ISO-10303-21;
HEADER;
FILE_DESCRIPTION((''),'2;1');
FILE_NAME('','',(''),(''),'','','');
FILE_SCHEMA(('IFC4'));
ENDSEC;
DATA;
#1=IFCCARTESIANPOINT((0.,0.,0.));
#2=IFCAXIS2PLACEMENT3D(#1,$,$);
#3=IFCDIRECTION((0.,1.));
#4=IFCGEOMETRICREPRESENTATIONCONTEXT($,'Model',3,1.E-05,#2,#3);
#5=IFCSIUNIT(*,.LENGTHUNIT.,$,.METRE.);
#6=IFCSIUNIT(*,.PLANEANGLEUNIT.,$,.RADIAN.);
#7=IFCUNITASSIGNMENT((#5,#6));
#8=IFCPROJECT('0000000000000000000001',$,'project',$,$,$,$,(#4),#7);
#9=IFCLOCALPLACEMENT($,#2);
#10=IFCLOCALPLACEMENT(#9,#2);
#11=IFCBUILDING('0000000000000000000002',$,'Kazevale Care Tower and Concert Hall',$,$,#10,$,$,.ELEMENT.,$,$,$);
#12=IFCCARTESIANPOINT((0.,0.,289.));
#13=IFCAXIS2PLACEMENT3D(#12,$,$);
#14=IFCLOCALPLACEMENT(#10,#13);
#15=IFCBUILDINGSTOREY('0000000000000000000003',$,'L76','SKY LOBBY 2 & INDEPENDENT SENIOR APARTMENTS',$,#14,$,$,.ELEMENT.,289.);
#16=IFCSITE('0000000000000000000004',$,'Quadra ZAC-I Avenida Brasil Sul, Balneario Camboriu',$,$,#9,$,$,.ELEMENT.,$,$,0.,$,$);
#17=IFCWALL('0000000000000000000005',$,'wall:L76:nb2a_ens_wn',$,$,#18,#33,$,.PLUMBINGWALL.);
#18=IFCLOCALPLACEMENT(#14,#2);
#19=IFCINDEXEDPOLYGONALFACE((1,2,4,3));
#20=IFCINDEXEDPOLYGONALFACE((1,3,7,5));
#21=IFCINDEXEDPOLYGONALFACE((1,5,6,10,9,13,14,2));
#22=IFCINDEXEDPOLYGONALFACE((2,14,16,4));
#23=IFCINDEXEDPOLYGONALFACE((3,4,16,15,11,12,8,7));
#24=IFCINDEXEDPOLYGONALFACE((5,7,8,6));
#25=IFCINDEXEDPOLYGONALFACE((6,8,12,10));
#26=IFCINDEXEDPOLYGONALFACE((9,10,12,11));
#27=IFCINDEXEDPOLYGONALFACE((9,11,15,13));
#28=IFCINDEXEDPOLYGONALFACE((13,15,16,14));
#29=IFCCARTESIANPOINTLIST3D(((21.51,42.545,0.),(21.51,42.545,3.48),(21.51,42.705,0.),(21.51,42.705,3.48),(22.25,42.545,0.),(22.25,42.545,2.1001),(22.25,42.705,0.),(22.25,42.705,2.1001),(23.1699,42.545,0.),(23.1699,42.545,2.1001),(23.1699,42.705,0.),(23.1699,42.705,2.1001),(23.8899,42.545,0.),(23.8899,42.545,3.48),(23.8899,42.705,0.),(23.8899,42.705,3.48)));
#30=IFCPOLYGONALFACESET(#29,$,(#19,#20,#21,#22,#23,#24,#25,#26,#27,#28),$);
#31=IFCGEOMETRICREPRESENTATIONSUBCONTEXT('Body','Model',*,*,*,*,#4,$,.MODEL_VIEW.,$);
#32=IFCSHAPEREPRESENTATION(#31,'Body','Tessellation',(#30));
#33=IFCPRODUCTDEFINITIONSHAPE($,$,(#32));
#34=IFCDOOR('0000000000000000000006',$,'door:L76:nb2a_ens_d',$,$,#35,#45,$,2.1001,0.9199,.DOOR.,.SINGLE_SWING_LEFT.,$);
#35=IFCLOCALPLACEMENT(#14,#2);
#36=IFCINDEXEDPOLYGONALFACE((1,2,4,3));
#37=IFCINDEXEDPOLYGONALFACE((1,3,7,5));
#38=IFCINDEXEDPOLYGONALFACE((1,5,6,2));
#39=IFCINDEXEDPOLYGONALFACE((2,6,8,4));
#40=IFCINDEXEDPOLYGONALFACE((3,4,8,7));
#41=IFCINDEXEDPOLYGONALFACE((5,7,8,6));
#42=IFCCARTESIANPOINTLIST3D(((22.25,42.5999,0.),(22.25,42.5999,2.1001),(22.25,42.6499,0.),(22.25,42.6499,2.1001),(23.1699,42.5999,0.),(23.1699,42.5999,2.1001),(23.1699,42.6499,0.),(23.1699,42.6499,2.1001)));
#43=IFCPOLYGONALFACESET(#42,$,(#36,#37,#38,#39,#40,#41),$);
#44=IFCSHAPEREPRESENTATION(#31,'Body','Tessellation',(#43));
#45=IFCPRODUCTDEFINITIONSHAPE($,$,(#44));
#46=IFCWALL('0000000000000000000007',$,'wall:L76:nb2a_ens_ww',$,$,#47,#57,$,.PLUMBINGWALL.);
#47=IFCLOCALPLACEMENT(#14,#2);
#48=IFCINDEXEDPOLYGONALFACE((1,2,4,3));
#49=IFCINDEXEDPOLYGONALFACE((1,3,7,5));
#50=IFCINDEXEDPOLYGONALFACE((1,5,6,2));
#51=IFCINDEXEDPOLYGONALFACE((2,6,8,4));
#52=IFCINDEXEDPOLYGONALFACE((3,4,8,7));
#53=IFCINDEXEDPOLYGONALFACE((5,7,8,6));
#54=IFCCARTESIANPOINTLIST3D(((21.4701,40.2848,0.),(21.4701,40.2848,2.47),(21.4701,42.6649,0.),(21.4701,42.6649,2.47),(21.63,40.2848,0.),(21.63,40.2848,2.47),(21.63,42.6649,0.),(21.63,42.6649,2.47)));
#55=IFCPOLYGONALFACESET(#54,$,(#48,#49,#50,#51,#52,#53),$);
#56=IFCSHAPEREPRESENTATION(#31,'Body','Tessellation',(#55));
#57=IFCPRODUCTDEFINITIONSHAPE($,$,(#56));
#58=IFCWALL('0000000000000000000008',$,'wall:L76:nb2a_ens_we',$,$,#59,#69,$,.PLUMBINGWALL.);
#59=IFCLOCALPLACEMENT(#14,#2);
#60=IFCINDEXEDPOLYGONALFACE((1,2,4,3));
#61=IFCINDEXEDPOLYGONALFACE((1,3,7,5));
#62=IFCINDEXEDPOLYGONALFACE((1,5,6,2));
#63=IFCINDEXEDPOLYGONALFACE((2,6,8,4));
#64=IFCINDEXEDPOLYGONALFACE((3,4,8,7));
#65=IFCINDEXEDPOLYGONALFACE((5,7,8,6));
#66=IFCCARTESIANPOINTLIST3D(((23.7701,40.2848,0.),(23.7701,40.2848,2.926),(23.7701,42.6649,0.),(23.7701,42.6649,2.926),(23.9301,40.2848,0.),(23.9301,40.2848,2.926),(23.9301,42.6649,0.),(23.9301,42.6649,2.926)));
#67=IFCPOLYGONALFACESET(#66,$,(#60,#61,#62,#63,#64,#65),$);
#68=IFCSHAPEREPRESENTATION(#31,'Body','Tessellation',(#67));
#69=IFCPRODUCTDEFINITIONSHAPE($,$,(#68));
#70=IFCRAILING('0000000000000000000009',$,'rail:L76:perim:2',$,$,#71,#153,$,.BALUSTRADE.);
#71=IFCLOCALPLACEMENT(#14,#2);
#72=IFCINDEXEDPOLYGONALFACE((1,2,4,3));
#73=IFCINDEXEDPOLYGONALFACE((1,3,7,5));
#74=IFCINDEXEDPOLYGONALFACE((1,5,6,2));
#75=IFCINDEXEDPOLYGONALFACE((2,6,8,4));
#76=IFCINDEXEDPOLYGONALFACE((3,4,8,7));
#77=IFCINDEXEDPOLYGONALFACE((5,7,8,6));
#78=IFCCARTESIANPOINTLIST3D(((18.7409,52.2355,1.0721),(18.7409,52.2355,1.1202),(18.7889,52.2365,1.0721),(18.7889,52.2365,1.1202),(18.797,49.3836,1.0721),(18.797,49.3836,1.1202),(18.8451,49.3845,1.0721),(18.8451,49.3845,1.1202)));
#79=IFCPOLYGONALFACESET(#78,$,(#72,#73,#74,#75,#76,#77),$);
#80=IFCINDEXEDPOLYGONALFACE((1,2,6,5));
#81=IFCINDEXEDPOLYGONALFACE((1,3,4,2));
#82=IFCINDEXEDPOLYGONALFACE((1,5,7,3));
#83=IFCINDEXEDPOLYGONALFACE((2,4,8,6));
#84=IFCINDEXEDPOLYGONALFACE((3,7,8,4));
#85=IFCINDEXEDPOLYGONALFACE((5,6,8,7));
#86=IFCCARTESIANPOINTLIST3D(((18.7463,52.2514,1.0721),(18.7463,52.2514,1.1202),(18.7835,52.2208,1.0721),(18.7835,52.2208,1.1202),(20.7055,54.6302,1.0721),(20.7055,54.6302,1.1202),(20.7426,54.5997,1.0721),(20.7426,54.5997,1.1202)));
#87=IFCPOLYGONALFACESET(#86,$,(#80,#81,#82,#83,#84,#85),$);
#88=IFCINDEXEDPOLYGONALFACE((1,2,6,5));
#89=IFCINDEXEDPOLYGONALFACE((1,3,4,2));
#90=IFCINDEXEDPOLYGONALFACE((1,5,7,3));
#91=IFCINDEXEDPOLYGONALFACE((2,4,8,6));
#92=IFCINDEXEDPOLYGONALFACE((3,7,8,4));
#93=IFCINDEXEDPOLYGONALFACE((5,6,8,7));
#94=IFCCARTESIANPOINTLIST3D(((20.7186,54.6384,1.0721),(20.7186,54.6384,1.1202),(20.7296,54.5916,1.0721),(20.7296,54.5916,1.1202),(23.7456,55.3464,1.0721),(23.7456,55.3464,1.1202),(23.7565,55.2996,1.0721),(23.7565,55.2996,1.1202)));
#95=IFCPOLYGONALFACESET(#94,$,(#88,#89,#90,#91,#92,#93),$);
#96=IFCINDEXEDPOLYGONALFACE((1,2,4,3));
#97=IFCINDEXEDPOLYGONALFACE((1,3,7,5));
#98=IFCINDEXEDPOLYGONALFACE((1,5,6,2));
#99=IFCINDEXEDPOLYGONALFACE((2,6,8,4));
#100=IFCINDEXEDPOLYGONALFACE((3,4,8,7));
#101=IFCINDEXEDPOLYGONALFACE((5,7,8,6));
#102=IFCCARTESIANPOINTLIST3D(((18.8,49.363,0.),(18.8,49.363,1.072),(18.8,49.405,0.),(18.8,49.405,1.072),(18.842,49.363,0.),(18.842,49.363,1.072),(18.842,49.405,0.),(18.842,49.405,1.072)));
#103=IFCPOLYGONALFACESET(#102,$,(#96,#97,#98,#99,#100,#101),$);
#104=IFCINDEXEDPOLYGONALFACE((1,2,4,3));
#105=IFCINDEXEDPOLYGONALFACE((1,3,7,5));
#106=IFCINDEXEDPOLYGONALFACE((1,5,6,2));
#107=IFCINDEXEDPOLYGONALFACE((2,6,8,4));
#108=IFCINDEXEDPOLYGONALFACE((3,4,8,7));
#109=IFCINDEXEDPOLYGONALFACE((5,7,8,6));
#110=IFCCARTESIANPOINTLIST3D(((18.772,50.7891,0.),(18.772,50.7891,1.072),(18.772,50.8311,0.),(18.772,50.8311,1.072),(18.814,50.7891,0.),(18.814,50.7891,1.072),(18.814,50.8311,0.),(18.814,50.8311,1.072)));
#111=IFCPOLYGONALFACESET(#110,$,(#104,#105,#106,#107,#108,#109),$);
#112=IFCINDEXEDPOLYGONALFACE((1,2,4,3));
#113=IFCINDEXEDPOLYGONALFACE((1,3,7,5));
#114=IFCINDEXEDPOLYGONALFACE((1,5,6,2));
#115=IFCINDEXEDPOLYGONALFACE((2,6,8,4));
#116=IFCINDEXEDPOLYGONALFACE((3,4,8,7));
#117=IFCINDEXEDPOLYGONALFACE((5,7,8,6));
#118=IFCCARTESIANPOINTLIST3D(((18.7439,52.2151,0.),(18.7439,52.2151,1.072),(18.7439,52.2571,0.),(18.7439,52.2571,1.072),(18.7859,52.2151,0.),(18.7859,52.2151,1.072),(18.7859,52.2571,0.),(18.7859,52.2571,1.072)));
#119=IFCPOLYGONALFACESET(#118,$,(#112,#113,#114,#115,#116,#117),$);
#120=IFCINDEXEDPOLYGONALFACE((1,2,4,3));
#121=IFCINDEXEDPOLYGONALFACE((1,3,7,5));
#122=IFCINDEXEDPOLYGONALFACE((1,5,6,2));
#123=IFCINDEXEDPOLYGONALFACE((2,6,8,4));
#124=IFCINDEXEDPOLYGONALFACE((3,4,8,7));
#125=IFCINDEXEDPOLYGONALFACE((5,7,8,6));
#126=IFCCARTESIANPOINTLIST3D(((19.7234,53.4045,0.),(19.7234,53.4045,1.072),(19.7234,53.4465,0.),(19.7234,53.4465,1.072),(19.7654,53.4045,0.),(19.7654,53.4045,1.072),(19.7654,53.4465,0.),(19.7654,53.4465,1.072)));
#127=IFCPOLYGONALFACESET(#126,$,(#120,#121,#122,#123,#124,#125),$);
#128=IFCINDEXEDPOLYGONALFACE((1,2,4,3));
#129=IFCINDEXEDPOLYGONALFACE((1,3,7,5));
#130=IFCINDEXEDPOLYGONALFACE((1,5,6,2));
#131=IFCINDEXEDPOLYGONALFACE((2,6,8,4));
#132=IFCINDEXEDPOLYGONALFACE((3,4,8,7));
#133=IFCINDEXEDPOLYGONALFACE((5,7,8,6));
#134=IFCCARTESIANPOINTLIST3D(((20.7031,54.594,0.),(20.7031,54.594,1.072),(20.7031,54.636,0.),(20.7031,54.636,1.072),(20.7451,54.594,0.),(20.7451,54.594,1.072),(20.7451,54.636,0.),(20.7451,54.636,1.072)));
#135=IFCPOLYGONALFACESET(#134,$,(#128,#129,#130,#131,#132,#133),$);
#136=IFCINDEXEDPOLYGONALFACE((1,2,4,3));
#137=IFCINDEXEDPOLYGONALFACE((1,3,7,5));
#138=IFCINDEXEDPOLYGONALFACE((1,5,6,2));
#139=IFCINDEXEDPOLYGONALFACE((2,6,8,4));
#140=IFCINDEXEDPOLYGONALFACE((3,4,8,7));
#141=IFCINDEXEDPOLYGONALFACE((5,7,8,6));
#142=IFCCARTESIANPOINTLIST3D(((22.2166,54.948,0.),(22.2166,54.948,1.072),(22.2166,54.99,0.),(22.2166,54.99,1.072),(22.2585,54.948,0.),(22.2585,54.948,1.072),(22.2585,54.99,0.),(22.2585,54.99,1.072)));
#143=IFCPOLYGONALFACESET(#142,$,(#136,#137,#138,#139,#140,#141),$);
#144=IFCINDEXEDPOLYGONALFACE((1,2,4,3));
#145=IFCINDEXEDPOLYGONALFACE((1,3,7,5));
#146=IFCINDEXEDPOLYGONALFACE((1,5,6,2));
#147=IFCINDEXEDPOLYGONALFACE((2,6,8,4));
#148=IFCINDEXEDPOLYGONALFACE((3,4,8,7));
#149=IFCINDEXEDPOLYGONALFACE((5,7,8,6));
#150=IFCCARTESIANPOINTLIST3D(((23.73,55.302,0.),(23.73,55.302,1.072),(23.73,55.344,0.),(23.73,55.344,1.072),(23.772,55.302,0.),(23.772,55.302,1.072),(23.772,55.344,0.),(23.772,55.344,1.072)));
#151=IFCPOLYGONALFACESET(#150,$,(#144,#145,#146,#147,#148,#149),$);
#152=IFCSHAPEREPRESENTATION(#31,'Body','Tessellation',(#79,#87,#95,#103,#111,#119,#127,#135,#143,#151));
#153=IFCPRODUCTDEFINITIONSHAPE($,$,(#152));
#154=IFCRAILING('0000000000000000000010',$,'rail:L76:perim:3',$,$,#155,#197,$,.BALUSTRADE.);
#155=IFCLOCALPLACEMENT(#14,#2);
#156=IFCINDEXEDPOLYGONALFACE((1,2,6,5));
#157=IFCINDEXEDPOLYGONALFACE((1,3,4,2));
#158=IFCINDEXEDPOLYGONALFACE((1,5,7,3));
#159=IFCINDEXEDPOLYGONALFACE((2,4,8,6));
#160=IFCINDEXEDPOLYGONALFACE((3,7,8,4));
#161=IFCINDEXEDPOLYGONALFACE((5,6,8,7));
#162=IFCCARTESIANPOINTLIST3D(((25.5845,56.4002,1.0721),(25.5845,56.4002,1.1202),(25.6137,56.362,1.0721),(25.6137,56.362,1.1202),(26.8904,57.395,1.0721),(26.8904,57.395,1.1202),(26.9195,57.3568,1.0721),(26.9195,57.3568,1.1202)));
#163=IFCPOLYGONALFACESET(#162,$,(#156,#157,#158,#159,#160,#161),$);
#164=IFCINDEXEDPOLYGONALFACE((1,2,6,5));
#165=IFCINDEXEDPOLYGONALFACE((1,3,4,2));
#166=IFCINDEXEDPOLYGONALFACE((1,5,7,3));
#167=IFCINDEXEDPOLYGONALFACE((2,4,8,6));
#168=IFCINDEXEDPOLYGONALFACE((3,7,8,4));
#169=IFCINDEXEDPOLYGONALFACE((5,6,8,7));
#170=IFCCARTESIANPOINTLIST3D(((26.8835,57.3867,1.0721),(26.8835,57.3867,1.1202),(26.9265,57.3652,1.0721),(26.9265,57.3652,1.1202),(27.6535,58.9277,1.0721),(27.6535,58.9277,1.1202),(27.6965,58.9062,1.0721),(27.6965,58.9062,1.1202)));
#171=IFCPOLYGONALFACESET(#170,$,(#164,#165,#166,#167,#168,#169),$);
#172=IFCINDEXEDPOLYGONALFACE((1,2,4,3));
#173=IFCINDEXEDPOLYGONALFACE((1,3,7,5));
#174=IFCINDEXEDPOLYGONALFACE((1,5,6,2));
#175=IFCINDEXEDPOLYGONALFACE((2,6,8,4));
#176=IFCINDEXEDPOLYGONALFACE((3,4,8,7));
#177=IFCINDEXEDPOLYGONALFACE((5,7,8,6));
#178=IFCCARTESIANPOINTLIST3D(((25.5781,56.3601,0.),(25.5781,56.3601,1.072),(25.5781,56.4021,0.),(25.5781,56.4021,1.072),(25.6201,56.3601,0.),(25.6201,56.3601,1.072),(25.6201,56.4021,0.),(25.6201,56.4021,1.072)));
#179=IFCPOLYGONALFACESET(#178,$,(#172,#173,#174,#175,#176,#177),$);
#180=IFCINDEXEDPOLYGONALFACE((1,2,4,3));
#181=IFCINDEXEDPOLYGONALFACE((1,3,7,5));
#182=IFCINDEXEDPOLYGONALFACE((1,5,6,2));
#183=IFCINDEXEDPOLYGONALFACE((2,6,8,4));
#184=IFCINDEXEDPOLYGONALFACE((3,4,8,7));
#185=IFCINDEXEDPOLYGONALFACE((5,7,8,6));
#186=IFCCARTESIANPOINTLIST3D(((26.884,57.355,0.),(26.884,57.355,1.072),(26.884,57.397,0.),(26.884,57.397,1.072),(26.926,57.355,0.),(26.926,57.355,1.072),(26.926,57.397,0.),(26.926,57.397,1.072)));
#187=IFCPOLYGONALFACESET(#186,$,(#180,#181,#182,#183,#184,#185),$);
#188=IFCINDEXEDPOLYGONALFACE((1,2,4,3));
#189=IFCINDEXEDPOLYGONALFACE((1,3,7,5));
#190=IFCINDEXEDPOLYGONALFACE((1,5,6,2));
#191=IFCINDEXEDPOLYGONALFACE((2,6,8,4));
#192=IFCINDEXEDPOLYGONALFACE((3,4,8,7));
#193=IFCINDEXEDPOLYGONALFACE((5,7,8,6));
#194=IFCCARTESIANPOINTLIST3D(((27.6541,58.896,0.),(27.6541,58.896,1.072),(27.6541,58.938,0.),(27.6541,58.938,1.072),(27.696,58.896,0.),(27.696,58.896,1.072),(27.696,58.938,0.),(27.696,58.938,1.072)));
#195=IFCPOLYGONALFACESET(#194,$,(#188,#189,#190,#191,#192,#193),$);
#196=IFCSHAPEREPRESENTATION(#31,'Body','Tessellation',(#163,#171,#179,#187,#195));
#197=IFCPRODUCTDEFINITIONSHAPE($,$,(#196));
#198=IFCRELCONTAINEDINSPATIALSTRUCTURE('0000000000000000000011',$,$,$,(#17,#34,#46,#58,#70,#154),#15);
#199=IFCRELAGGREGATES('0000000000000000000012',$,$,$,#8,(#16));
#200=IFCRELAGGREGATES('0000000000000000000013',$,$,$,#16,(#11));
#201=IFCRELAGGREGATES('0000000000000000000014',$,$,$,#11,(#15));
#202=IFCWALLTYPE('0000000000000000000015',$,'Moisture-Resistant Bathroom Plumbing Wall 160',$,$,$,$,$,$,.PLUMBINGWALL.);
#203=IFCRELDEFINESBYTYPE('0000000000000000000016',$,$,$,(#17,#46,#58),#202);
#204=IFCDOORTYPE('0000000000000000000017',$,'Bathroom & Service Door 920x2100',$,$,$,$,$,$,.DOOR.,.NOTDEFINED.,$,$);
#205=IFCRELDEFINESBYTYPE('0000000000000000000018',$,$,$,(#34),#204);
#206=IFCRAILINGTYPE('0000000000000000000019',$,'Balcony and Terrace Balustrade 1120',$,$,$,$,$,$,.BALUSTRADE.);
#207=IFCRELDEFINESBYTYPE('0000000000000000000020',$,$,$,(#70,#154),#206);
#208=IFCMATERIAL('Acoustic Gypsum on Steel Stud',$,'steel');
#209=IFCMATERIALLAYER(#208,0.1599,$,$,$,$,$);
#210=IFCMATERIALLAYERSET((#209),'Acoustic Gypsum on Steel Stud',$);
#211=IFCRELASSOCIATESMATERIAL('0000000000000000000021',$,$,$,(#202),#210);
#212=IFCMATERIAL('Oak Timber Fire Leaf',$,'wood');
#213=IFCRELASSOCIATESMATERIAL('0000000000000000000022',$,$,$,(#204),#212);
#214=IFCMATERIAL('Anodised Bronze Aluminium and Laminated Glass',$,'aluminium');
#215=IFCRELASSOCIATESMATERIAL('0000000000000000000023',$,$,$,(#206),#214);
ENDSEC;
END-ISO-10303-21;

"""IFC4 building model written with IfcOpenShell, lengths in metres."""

from ifc_helpers import new_model, si_unit, direction, frame, frame_2d, origin, origin_2d, place, context, subcontext, project, spatial, rectangle, extrude, material, layer, layer_set, type_object, element, fill, save


model = new_model("IFC4")

# Units and contexts
model_context = context("Model", 3, precision=1e-05, world=origin(), true_north=direction((0.0, 1.0)))
body_context = subcontext(model_context, "Body", "Model", "MODEL_VIEW")
ifc_project = project(units=[si_unit("LENGTHUNIT", "METRE"), si_unit("PLANEANGLEUNIT", "RADIAN")], contexts=[model_context])

# Site, building, storey
site_placement = place(None, origin())
site = spatial("IfcSite", under=ifc_project, at=site_placement, Name="Quadra ZAC-I Avenida Brasil Sul, Balneario Camboriu", CompositionType="ELEMENT", RefElevation=0.0)
building_placement = place(site_placement, origin())
building = spatial("IfcBuilding", under=site, at=building_placement, Name="Kazevale Care Tower and Concert Hall", CompositionType="ELEMENT")
storey_placement = place(building_placement, frame((0.0, 0.0, 289.0)))
storey = spatial("IfcBuildingStorey", under=building, at=storey_placement, Name="L76", Description="SKY LOBBY 2 & INDEPENDENT SENIOR APARTMENTS", CompositionType="ELEMENT", Elevation=289.0)

# Shared definitions
ifc_material_1 = material(Name="Acoustic Gypsum on Steel Stud", Category="steel")

# Shared definitions
ifc_material_2 = material(Name="Oak Timber Fire Leaf", Category="wood")

# Shared definitions
ifc_layer_1 = layer(ifc_material_1, 0.1599)
ifc_layer_set_1 = layer_set([ifc_layer_1], Name="Acoustic Gypsum on Steel Stud")
wall_type_1 = type_object("IfcWallType", Name="Moisture-Resistant Bathroom Plumbing Wall 160", PredefinedType="PLUMBINGWALL", material=ifc_layer_set_1)

# Wall, opening, door
wall_1_placement = place(storey_placement, frame((21.51, 42.625, 0.0), z_axis=(0.0, 0.0, 1.0), x_axis=(1.0, 0.0, 0.0)))
wall_1 = element("IfcWall", 1, at=wall_1_placement, inside=storey, type_object=wall_type_1, Name="wall:L76:nb2a_ens_wn", PredefinedType="PLUMBINGWALL", context=body_context, shape_type="SweptSolid", body=[
    extrude(rectangle(XDim=2.3799, YDim=0.1599, at=frame_2d((1.1899, 0.0))), origin(), (0.0, 0.0, 1.0), 3.48),
])
opening_1_placement = place(wall_1_placement, frame((0.74, 0.0, 0.0)))
opening_1 = element("IfcOpeningElement", 2, at=opening_1_placement, cuts=wall_1, PredefinedType="OPENING", context=body_context, shape_type="SweptSolid", body=[
    extrude(rectangle(XDim=0.9199, YDim=2.1001, at=frame_2d((0.46, 1.05))), frame((0.0, 0.0898, 0.0), z_axis=(0.0, -1.0, 0.0), x_axis=(1.0, 0.0, 0.0)), (0.0, 0.0, 1.0), 0.1799),
])
door_type_1 = type_object("IfcDoorType", Name="Bathroom & Service Door 920x2100", OperationType="NOTDEFINED", PredefinedType="DOOR", material=ifc_material_2)
door_1_placement = place(opening_1_placement, origin())
door_1 = element("IfcDoor", 3, at=door_1_placement, inside=storey, type_object=door_type_1, Name="door:L76:nb2a_ens_d", OperationType="SINGLE_SWING_LEFT", OverallHeight=2.1001, OverallWidth=0.9199, PredefinedType="DOOR", context=body_context, shape_type="SweptSolid", body=[
    extrude(rectangle(XDim=0.9199, YDim=2.1001, at=frame_2d((0.46, 1.05))), frame((0.0, 0.0249, 0.0), z_axis=(0.0, -1.0, 0.0), x_axis=(1.0, 0.0, 0.0)), (0.0, 0.0, 1.0), 0.05),
])
fill(opening_1, door_1)

# Walls
wall_2_placement = place(storey_placement, frame((21.55, 40.2849, 0.0), z_axis=(0.0, 0.0, 1.0), x_axis=(0.0, 1.0, 0.0)))
element("IfcWall", 4, at=wall_2_placement, inside=storey, type_object=wall_type_1, Name="wall:L76:nb2a_ens_ww", PredefinedType="PLUMBINGWALL", context=body_context, shape_type="SweptSolid", body=[
    extrude(rectangle(XDim=2.3801, YDim=0.1599, at=frame_2d((1.1899, 0.0))), origin(), (0.0, 0.0, 1.0), 2.47),
])
wall_3_placement = place(storey_placement, frame((23.8501, 40.2849, 0.0), z_axis=(0.0, 0.0, 1.0), x_axis=(0.0, 1.0, 0.0)))
element("IfcWall", 5, at=wall_3_placement, inside=storey, type_object=wall_type_1, Name="wall:L76:nb2a_ens_we", PredefinedType="PLUMBINGWALL", context=body_context, shape_type="SweptSolid", body=[
    extrude(rectangle(XDim=2.3801, YDim=0.1599, at=frame_2d((1.1899, 0.0))), origin(), (0.0, 0.0, 1.0), 2.926),
])

# Railings
ifc_material_3 = material(Name="Anodised Bronze Aluminium and Laminated Glass", Category="aluminium")
railing_type = type_object("IfcRailingType", Name="Balcony and Terrace Balustrade 1120", PredefinedType="BALUSTRADE", material=ifc_material_3)
railing_1_placement = place(storey_placement, frame((18.821, 49.384, 0.0)))
element("IfcRailing", 6, at=railing_1_placement, inside=storey, type_object=railing_type, Name="rail:L76:perim:2", PredefinedType="BALUSTRADE", context=body_context, shape_type="SweptSolid", body=[
    extrude(rectangle(XDim=0.0481, YDim=0.0481, at=origin_2d()), frame((0.0, 0.0, 1.0962), z_axis=(-0.019685, 0.999806, 0.0), x_axis=(-0.999806, -0.019685, 0.0)), (0.0, 0.0, 1.0), 2.8525),
    extrude(rectangle(XDim=0.0481, YDim=0.0481, at=origin_2d()), frame((-0.0562, 2.8521, 1.0962), z_axis=(0.635732, 0.77191, 0.0), x_axis=(-0.77191, 0.635732, 0.0)), (0.0, 0.0, 1.0), 3.0818),
    extrude(rectangle(XDim=0.0481, YDim=0.0481, at=origin_2d()), frame((1.9031, 5.231, 1.0962), z_axis=(0.973717, 0.227761, 0.0), x_axis=(-0.227761, 0.973717, 0.0)), (0.0, 0.0, 1.0), 3.1086),
    extrude(rectangle(XDim=0.042, YDim=0.042, at=origin_2d()), origin(), (0.0, 0.0, 1.0), 1.072),
    extrude(rectangle(XDim=0.042, YDim=0.042, at=origin_2d()), frame((-0.0281, 1.426, 0.0)), (0.0, 0.0, 1.0), 1.072),
    extrude(rectangle(XDim=0.042, YDim=0.042, at=origin_2d()), frame((-0.0562, 2.8521, 0.0)), (0.0, 0.0, 1.0), 1.072),
    extrude(rectangle(XDim=0.042, YDim=0.042, at=origin_2d()), frame((0.9233, 4.0415, 0.0)), (0.0, 0.0, 1.0), 1.072),
    extrude(rectangle(XDim=0.042, YDim=0.042, at=origin_2d()), frame((1.9031, 5.231, 0.0)), (0.0, 0.0, 1.0), 1.072),
    extrude(rectangle(XDim=0.042, YDim=0.042, at=origin_2d()), frame((3.4165, 5.585, 0.0)), (0.0, 0.0, 1.0), 1.072),
    extrude(rectangle(XDim=0.042, YDim=0.042, at=origin_2d()), frame((4.9299, 5.939, 0.0)), (0.0, 0.0, 1.0), 1.072),
])
railing_2_placement = place(storey_placement, frame((25.5991, 56.3811, 0.0)))
element("IfcRailing", 7, at=railing_2_placement, inside=storey, type_object=railing_type, Name="rail:L76:perim:3", PredefinedType="BALUSTRADE", context=body_context, shape_type="SweptSolid", body=[
    extrude(rectangle(XDim=0.0481, YDim=0.0481, at=origin_2d()), frame((0.0, 0.0, 1.0962), z_axis=(0.795462, 0.606003, 0.0), x_axis=(-0.606003, 0.795462, 0.0)), (0.0, 0.0, 1.0), 1.6416),
    extrude(rectangle(XDim=0.0481, YDim=0.0481, at=origin_2d()), frame((1.3059, 0.9949, 1.0962), z_axis=(0.446987, 0.894541, 0.0), x_axis=(-0.894541, 0.446987, 0.0)), (0.0, 0.0, 1.0), 1.7227),
    extrude(rectangle(XDim=0.042, YDim=0.042, at=origin_2d()), origin(), (0.0, 0.0, 1.0), 1.072),
    extrude(rectangle(XDim=0.042, YDim=0.042, at=origin_2d()), frame((1.3059, 0.9949, 0.0)), (0.0, 0.0, 1.0), 1.072),
    extrude(rectangle(XDim=0.042, YDim=0.042, at=origin_2d()), frame((2.0759, 2.5359, 0.0)), (0.0, 0.0, 1.0), 1.072),
])

save(model, "model.ifc")
